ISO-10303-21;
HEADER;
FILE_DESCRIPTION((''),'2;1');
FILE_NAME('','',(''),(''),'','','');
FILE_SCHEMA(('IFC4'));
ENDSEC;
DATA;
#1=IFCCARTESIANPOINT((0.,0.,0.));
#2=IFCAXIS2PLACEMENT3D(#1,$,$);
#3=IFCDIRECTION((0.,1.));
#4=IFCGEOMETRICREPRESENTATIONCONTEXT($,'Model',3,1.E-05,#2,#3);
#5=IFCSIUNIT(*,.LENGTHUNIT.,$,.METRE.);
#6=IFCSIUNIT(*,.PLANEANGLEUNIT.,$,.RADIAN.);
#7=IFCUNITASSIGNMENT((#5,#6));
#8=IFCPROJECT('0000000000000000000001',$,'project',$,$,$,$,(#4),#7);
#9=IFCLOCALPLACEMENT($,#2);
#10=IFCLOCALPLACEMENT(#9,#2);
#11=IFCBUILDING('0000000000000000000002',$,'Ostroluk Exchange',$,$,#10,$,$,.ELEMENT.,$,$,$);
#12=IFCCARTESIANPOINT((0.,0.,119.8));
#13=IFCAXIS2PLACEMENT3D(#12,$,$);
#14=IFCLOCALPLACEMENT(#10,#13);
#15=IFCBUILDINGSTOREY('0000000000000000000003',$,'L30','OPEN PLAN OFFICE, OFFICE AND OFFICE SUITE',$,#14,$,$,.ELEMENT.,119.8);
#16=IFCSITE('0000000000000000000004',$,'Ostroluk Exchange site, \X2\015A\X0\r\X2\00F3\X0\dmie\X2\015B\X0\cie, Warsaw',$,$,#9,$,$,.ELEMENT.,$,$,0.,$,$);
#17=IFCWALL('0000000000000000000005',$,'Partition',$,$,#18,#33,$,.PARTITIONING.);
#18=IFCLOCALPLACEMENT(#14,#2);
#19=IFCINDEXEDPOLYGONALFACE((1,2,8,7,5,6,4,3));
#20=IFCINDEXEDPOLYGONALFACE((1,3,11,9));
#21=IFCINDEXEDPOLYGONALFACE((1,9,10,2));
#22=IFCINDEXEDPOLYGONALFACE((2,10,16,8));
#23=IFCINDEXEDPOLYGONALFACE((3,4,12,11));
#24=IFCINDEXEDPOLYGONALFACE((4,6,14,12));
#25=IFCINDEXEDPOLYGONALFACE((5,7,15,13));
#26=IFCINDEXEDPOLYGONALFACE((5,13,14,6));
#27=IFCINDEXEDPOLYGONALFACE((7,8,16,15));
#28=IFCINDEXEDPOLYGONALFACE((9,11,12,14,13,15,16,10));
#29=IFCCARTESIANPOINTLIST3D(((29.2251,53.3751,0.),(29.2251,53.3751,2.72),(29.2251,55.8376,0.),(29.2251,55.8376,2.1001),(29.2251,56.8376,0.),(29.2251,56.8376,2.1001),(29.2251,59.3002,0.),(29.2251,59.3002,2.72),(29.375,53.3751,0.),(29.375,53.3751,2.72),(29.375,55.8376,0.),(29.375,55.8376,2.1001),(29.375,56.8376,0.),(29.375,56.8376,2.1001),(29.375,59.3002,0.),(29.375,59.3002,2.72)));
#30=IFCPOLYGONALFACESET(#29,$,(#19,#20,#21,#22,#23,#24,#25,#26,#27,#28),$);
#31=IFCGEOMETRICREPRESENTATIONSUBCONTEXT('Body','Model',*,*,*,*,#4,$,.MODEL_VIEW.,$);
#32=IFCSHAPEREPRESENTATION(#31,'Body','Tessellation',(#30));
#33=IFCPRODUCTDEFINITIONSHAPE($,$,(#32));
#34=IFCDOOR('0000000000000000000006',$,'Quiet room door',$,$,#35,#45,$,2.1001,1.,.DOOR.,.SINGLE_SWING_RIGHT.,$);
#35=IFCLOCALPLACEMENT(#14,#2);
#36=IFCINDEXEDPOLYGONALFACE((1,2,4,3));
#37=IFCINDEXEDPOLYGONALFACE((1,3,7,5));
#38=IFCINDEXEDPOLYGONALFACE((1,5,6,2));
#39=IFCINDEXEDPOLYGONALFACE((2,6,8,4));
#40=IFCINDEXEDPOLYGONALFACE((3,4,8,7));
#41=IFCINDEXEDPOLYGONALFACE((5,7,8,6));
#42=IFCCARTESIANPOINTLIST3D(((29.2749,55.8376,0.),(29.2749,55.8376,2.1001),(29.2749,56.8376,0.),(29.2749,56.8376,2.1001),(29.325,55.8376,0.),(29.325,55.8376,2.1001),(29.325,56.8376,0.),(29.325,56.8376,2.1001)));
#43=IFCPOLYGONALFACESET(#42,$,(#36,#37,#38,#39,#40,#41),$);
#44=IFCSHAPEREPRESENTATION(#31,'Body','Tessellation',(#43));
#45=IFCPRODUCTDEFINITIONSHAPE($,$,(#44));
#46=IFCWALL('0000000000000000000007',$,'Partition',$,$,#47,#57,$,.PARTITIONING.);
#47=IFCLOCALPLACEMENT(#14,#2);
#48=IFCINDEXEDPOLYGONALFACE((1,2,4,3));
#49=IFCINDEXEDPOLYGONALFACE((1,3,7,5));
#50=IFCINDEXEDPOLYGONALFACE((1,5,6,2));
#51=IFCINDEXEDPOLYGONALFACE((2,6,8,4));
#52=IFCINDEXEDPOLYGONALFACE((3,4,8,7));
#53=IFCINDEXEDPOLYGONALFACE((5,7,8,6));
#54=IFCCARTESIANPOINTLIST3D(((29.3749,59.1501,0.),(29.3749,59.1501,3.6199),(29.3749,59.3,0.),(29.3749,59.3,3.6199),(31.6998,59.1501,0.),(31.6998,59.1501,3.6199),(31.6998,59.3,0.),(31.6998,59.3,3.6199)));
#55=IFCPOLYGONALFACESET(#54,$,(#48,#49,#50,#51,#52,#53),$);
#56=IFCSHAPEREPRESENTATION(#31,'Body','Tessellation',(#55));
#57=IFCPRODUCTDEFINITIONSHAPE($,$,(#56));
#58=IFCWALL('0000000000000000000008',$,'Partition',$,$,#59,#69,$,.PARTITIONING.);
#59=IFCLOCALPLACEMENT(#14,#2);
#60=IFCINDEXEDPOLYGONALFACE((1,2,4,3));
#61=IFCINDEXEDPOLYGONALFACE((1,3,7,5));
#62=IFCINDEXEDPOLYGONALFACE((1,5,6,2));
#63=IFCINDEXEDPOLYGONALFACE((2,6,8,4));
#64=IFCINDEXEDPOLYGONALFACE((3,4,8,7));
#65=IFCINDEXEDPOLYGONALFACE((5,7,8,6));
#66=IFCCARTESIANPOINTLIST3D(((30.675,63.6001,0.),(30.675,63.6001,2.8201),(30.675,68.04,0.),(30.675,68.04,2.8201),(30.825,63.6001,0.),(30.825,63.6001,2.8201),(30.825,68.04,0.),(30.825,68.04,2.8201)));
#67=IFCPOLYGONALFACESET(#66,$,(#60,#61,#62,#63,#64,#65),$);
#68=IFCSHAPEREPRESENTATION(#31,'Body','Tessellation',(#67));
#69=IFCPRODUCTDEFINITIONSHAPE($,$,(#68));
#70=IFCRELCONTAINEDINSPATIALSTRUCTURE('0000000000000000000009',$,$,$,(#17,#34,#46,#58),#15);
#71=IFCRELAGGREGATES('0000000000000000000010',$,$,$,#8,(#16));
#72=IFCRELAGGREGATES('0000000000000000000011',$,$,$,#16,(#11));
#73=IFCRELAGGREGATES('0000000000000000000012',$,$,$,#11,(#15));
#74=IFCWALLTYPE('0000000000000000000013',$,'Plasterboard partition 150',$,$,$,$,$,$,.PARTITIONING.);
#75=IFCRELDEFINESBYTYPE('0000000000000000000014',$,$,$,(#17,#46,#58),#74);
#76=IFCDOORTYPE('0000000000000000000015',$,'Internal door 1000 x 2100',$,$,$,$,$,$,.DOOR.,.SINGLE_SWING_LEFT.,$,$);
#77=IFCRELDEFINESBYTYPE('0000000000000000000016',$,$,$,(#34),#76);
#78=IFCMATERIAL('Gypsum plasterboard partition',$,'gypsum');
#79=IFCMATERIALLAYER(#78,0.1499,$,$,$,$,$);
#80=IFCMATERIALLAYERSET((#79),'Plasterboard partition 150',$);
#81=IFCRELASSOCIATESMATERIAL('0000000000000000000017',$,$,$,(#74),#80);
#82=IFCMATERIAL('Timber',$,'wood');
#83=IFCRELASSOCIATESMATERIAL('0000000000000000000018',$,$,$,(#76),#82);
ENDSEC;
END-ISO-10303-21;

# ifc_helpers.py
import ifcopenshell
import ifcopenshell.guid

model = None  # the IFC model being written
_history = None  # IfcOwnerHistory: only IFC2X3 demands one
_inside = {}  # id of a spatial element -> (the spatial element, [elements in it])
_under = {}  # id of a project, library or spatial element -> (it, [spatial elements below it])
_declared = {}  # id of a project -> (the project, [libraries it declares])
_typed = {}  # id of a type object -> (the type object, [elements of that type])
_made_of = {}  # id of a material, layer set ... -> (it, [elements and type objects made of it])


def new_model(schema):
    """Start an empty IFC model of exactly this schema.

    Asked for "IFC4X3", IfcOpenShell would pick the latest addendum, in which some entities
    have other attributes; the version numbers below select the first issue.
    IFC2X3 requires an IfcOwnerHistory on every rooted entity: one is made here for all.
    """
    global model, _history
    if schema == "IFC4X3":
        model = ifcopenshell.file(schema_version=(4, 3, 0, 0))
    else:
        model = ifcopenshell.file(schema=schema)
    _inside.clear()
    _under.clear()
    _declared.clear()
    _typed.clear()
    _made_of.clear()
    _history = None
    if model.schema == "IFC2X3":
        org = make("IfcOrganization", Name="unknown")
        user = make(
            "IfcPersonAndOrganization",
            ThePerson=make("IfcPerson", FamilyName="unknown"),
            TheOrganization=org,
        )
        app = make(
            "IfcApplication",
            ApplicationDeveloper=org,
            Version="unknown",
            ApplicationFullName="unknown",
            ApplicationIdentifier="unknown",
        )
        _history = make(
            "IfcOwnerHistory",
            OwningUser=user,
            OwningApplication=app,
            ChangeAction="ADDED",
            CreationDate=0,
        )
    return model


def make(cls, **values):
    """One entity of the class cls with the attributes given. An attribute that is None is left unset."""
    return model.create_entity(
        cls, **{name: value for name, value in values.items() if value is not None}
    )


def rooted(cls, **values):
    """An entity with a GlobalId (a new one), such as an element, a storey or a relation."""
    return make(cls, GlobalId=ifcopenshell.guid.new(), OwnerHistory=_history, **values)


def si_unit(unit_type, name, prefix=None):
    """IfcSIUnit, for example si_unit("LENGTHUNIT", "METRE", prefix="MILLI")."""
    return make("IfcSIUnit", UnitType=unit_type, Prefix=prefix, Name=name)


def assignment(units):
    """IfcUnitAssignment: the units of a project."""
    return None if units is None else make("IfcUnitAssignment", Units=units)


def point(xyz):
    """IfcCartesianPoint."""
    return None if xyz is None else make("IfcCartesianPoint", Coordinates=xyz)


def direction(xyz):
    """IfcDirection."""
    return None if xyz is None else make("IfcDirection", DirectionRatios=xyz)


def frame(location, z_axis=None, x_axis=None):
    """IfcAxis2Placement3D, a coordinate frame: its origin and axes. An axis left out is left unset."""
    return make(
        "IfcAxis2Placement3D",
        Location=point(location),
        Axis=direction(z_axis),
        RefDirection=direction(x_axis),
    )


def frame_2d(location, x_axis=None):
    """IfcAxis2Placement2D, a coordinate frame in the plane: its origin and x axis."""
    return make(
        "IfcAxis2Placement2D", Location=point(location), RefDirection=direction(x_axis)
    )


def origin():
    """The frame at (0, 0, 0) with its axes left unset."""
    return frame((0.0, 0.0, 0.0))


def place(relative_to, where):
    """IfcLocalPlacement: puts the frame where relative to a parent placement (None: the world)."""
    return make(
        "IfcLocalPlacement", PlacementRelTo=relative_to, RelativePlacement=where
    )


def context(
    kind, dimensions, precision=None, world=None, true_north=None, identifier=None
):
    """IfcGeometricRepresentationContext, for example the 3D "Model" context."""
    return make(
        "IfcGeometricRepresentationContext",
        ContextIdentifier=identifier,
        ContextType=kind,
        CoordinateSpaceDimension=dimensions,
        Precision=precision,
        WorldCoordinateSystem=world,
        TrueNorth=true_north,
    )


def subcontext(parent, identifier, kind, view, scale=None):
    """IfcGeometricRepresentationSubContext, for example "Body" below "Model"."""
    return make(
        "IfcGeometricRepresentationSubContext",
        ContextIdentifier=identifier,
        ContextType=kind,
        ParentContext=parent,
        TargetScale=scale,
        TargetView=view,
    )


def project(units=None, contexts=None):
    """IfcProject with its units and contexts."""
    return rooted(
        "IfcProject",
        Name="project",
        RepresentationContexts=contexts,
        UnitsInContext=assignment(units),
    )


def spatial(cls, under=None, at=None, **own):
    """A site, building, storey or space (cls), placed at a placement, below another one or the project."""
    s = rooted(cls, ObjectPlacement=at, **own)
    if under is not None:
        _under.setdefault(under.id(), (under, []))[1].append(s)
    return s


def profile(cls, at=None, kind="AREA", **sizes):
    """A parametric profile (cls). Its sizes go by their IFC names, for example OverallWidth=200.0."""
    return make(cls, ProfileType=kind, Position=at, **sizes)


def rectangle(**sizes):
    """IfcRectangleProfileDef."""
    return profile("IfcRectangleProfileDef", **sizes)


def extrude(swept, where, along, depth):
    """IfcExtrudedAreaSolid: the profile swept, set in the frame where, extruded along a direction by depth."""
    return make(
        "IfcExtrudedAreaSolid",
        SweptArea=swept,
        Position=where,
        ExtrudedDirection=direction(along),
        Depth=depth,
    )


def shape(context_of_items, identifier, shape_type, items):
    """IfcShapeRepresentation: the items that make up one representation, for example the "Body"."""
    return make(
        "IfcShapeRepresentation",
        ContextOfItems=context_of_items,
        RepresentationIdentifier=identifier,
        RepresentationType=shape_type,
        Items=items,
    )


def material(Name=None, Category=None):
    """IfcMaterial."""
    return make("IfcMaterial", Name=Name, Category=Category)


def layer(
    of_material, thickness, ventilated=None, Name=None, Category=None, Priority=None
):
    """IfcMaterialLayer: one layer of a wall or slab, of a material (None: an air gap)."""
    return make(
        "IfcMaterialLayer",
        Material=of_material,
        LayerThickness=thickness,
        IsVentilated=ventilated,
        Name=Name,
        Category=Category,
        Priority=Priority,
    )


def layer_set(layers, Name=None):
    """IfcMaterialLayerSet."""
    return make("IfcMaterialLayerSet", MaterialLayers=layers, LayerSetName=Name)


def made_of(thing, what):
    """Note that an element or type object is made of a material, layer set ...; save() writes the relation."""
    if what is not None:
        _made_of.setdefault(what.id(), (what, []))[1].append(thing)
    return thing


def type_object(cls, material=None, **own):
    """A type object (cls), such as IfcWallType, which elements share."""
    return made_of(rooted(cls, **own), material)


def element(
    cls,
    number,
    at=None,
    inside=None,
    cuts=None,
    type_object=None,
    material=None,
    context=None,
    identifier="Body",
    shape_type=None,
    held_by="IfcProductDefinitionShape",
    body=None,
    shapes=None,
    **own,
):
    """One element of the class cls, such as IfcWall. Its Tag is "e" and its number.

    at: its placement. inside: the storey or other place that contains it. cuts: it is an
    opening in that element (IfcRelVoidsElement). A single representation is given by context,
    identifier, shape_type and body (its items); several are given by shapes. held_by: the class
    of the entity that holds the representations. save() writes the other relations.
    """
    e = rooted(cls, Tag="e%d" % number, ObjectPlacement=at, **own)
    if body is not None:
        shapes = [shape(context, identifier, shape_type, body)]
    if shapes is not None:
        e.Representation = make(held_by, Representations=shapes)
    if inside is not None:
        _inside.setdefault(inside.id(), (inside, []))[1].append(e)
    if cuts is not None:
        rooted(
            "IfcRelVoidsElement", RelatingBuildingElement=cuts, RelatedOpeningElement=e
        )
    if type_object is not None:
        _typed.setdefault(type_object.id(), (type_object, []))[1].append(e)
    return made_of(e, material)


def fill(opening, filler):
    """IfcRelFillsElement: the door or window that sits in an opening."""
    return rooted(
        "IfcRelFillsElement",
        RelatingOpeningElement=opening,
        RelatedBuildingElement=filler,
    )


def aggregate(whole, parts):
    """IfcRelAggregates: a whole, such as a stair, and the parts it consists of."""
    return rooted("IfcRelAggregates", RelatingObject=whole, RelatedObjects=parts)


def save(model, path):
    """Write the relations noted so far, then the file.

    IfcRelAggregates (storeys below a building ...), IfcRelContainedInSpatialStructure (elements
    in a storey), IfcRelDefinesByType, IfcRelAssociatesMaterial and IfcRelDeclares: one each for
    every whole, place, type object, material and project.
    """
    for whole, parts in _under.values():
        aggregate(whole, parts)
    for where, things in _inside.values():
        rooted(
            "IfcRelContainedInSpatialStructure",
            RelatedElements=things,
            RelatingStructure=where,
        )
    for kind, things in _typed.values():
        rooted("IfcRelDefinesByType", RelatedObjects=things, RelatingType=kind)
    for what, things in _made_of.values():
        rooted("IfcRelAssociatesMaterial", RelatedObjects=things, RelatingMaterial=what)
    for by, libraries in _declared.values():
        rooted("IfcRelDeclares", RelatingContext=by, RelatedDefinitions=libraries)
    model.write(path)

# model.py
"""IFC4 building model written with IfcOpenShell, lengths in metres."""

from ifc_helpers import new_model, si_unit, direction, frame, frame_2d, origin, place, context, subcontext, project, spatial, rectangle, extrude, material, layer, layer_set, type_object, element, fill, save


model = new_model("IFC4")

# Units and contexts
model_context = context("Model", 3, precision=1e-05, world=origin(), true_north=direction((0.0, 1.0)))
body_context = subcontext(model_context, "Body", "Model", "MODEL_VIEW")
ifc_project = project(units=[si_unit("LENGTHUNIT", "METRE"), si_unit("PLANEANGLEUNIT", "RADIAN")], contexts=[model_context])

# Site, building, storey
site_placement = place(None, origin())
site = spatial("IfcSite", under=ifc_project, at=site_placement, Name="Ostroluk Exchange site, Śródmieście, Warsaw", CompositionType="ELEMENT", RefElevation=0.0)
building_placement = place(site_placement, origin())
building = spatial("IfcBuilding", under=site, at=building_placement, Name="Ostroluk Exchange", CompositionType="ELEMENT")
storey_placement = place(building_placement, frame((0.0, 0.0, 119.8)))
storey = spatial("IfcBuildingStorey", under=building, at=storey_placement, Name="L30", Description="OPEN PLAN OFFICE, OFFICE AND OFFICE SUITE", CompositionType="ELEMENT", Elevation=119.8)

# Wall, opening, door
ifc_material_1 = material(Name="Gypsum plasterboard partition", Category="gypsum")
ifc_layer_1 = layer(ifc_material_1, 0.1499)
ifc_layer_set_1 = layer_set([ifc_layer_1], Name="Plasterboard partition 150")
wall_type_1 = type_object("IfcWallType", Name="Plasterboard partition 150", PredefinedType="PARTITIONING", material=ifc_layer_set_1)
wall_1_placement = place(storey_placement, frame((29.3, 59.3, 0.0), z_axis=(0.0, 0.0, 1.0), x_axis=(0.0, -1.0, 0.0)))
wall_1 = element("IfcWall", 1, at=wall_1_placement, inside=storey, type_object=wall_type_1, Name="Partition", PredefinedType="PARTITIONING", context=body_context, shape_type="SweptSolid", body=[
    extrude(rectangle(XDim=5.925, YDim=0.1499, at=frame_2d((2.9624, 0.0))), origin(), (0.0, 0.0, 1.0), 2.72),
])
opening_1_placement = place(wall_1_placement, frame((2.4624, 0.0, 0.0)))
opening_1 = element("IfcOpeningElement", 2, at=opening_1_placement, cuts=wall_1, PredefinedType="OPENING", context=body_context, shape_type="SweptSolid", body=[
    extrude(rectangle(XDim=1.0, YDim=2.1001, at=frame_2d((0.5, 1.05))), frame((0.0, 0.085, 0.0), z_axis=(0.0, -1.0, 0.0), x_axis=(1.0, 0.0, 0.0)), (0.0, 0.0, 1.0), 0.1699),
])
ifc_material_2 = material(Name="Timber", Category="wood")
door_type_1 = type_object("IfcDoorType", Name="Internal door 1000 x 2100", OperationType="SINGLE_SWING_LEFT", PredefinedType="DOOR", material=ifc_material_2)
door_1_placement = place(opening_1_placement, origin())
door_1 = element("IfcDoor", 3, at=door_1_placement, inside=storey, type_object=door_type_1, Name="Quiet room door", OperationType="SINGLE_SWING_RIGHT", OverallHeight=2.1001, OverallWidth=1.0, PredefinedType="DOOR", context=body_context, shape_type="SweptSolid", body=[
    extrude(rectangle(XDim=1.0, YDim=2.1001, at=frame_2d((0.5, 1.05))), frame((0.0, 0.0249, 0.0), z_axis=(0.0, -1.0, 0.0), x_axis=(1.0, 0.0, 0.0)), (0.0, 0.0, 1.0), 0.05),
])
fill(opening_1, door_1)

# Walls
wall_2_placement = place(storey_placement, frame((31.7, 59.2251, 0.0), z_axis=(0.0, 0.0, 1.0), x_axis=(-1.0, 0.0, 0.0)))
element("IfcWall", 4, at=wall_2_placement, inside=storey, type_object=wall_type_1, Name="Partition", PredefinedType="PARTITIONING", context=body_context, shape_type="SweptSolid", body=[
    extrude(rectangle(XDim=2.325, YDim=0.1499, at=frame_2d((1.1626, 0.0))), origin(), (0.0, 0.0, 1.0), 3.6199),
])
wall_3_placement = place(storey_placement, frame((30.75, 63.6001, 0.0), z_axis=(0.0, 0.0, 1.0), x_axis=(0.0, 1.0, 0.0)))
element("IfcWall", 5, at=wall_3_placement, inside=storey, type_object=wall_type_1, Name="Partition", PredefinedType="PARTITIONING", context=body_context, shape_type="SweptSolid", body=[
    extrude(rectangle(XDim=4.4399, YDim=0.1499, at=frame_2d((2.22, 0.0))), origin(), (0.0, 0.0, 1.0), 2.8201),
])

save(model, "model.ifc")
